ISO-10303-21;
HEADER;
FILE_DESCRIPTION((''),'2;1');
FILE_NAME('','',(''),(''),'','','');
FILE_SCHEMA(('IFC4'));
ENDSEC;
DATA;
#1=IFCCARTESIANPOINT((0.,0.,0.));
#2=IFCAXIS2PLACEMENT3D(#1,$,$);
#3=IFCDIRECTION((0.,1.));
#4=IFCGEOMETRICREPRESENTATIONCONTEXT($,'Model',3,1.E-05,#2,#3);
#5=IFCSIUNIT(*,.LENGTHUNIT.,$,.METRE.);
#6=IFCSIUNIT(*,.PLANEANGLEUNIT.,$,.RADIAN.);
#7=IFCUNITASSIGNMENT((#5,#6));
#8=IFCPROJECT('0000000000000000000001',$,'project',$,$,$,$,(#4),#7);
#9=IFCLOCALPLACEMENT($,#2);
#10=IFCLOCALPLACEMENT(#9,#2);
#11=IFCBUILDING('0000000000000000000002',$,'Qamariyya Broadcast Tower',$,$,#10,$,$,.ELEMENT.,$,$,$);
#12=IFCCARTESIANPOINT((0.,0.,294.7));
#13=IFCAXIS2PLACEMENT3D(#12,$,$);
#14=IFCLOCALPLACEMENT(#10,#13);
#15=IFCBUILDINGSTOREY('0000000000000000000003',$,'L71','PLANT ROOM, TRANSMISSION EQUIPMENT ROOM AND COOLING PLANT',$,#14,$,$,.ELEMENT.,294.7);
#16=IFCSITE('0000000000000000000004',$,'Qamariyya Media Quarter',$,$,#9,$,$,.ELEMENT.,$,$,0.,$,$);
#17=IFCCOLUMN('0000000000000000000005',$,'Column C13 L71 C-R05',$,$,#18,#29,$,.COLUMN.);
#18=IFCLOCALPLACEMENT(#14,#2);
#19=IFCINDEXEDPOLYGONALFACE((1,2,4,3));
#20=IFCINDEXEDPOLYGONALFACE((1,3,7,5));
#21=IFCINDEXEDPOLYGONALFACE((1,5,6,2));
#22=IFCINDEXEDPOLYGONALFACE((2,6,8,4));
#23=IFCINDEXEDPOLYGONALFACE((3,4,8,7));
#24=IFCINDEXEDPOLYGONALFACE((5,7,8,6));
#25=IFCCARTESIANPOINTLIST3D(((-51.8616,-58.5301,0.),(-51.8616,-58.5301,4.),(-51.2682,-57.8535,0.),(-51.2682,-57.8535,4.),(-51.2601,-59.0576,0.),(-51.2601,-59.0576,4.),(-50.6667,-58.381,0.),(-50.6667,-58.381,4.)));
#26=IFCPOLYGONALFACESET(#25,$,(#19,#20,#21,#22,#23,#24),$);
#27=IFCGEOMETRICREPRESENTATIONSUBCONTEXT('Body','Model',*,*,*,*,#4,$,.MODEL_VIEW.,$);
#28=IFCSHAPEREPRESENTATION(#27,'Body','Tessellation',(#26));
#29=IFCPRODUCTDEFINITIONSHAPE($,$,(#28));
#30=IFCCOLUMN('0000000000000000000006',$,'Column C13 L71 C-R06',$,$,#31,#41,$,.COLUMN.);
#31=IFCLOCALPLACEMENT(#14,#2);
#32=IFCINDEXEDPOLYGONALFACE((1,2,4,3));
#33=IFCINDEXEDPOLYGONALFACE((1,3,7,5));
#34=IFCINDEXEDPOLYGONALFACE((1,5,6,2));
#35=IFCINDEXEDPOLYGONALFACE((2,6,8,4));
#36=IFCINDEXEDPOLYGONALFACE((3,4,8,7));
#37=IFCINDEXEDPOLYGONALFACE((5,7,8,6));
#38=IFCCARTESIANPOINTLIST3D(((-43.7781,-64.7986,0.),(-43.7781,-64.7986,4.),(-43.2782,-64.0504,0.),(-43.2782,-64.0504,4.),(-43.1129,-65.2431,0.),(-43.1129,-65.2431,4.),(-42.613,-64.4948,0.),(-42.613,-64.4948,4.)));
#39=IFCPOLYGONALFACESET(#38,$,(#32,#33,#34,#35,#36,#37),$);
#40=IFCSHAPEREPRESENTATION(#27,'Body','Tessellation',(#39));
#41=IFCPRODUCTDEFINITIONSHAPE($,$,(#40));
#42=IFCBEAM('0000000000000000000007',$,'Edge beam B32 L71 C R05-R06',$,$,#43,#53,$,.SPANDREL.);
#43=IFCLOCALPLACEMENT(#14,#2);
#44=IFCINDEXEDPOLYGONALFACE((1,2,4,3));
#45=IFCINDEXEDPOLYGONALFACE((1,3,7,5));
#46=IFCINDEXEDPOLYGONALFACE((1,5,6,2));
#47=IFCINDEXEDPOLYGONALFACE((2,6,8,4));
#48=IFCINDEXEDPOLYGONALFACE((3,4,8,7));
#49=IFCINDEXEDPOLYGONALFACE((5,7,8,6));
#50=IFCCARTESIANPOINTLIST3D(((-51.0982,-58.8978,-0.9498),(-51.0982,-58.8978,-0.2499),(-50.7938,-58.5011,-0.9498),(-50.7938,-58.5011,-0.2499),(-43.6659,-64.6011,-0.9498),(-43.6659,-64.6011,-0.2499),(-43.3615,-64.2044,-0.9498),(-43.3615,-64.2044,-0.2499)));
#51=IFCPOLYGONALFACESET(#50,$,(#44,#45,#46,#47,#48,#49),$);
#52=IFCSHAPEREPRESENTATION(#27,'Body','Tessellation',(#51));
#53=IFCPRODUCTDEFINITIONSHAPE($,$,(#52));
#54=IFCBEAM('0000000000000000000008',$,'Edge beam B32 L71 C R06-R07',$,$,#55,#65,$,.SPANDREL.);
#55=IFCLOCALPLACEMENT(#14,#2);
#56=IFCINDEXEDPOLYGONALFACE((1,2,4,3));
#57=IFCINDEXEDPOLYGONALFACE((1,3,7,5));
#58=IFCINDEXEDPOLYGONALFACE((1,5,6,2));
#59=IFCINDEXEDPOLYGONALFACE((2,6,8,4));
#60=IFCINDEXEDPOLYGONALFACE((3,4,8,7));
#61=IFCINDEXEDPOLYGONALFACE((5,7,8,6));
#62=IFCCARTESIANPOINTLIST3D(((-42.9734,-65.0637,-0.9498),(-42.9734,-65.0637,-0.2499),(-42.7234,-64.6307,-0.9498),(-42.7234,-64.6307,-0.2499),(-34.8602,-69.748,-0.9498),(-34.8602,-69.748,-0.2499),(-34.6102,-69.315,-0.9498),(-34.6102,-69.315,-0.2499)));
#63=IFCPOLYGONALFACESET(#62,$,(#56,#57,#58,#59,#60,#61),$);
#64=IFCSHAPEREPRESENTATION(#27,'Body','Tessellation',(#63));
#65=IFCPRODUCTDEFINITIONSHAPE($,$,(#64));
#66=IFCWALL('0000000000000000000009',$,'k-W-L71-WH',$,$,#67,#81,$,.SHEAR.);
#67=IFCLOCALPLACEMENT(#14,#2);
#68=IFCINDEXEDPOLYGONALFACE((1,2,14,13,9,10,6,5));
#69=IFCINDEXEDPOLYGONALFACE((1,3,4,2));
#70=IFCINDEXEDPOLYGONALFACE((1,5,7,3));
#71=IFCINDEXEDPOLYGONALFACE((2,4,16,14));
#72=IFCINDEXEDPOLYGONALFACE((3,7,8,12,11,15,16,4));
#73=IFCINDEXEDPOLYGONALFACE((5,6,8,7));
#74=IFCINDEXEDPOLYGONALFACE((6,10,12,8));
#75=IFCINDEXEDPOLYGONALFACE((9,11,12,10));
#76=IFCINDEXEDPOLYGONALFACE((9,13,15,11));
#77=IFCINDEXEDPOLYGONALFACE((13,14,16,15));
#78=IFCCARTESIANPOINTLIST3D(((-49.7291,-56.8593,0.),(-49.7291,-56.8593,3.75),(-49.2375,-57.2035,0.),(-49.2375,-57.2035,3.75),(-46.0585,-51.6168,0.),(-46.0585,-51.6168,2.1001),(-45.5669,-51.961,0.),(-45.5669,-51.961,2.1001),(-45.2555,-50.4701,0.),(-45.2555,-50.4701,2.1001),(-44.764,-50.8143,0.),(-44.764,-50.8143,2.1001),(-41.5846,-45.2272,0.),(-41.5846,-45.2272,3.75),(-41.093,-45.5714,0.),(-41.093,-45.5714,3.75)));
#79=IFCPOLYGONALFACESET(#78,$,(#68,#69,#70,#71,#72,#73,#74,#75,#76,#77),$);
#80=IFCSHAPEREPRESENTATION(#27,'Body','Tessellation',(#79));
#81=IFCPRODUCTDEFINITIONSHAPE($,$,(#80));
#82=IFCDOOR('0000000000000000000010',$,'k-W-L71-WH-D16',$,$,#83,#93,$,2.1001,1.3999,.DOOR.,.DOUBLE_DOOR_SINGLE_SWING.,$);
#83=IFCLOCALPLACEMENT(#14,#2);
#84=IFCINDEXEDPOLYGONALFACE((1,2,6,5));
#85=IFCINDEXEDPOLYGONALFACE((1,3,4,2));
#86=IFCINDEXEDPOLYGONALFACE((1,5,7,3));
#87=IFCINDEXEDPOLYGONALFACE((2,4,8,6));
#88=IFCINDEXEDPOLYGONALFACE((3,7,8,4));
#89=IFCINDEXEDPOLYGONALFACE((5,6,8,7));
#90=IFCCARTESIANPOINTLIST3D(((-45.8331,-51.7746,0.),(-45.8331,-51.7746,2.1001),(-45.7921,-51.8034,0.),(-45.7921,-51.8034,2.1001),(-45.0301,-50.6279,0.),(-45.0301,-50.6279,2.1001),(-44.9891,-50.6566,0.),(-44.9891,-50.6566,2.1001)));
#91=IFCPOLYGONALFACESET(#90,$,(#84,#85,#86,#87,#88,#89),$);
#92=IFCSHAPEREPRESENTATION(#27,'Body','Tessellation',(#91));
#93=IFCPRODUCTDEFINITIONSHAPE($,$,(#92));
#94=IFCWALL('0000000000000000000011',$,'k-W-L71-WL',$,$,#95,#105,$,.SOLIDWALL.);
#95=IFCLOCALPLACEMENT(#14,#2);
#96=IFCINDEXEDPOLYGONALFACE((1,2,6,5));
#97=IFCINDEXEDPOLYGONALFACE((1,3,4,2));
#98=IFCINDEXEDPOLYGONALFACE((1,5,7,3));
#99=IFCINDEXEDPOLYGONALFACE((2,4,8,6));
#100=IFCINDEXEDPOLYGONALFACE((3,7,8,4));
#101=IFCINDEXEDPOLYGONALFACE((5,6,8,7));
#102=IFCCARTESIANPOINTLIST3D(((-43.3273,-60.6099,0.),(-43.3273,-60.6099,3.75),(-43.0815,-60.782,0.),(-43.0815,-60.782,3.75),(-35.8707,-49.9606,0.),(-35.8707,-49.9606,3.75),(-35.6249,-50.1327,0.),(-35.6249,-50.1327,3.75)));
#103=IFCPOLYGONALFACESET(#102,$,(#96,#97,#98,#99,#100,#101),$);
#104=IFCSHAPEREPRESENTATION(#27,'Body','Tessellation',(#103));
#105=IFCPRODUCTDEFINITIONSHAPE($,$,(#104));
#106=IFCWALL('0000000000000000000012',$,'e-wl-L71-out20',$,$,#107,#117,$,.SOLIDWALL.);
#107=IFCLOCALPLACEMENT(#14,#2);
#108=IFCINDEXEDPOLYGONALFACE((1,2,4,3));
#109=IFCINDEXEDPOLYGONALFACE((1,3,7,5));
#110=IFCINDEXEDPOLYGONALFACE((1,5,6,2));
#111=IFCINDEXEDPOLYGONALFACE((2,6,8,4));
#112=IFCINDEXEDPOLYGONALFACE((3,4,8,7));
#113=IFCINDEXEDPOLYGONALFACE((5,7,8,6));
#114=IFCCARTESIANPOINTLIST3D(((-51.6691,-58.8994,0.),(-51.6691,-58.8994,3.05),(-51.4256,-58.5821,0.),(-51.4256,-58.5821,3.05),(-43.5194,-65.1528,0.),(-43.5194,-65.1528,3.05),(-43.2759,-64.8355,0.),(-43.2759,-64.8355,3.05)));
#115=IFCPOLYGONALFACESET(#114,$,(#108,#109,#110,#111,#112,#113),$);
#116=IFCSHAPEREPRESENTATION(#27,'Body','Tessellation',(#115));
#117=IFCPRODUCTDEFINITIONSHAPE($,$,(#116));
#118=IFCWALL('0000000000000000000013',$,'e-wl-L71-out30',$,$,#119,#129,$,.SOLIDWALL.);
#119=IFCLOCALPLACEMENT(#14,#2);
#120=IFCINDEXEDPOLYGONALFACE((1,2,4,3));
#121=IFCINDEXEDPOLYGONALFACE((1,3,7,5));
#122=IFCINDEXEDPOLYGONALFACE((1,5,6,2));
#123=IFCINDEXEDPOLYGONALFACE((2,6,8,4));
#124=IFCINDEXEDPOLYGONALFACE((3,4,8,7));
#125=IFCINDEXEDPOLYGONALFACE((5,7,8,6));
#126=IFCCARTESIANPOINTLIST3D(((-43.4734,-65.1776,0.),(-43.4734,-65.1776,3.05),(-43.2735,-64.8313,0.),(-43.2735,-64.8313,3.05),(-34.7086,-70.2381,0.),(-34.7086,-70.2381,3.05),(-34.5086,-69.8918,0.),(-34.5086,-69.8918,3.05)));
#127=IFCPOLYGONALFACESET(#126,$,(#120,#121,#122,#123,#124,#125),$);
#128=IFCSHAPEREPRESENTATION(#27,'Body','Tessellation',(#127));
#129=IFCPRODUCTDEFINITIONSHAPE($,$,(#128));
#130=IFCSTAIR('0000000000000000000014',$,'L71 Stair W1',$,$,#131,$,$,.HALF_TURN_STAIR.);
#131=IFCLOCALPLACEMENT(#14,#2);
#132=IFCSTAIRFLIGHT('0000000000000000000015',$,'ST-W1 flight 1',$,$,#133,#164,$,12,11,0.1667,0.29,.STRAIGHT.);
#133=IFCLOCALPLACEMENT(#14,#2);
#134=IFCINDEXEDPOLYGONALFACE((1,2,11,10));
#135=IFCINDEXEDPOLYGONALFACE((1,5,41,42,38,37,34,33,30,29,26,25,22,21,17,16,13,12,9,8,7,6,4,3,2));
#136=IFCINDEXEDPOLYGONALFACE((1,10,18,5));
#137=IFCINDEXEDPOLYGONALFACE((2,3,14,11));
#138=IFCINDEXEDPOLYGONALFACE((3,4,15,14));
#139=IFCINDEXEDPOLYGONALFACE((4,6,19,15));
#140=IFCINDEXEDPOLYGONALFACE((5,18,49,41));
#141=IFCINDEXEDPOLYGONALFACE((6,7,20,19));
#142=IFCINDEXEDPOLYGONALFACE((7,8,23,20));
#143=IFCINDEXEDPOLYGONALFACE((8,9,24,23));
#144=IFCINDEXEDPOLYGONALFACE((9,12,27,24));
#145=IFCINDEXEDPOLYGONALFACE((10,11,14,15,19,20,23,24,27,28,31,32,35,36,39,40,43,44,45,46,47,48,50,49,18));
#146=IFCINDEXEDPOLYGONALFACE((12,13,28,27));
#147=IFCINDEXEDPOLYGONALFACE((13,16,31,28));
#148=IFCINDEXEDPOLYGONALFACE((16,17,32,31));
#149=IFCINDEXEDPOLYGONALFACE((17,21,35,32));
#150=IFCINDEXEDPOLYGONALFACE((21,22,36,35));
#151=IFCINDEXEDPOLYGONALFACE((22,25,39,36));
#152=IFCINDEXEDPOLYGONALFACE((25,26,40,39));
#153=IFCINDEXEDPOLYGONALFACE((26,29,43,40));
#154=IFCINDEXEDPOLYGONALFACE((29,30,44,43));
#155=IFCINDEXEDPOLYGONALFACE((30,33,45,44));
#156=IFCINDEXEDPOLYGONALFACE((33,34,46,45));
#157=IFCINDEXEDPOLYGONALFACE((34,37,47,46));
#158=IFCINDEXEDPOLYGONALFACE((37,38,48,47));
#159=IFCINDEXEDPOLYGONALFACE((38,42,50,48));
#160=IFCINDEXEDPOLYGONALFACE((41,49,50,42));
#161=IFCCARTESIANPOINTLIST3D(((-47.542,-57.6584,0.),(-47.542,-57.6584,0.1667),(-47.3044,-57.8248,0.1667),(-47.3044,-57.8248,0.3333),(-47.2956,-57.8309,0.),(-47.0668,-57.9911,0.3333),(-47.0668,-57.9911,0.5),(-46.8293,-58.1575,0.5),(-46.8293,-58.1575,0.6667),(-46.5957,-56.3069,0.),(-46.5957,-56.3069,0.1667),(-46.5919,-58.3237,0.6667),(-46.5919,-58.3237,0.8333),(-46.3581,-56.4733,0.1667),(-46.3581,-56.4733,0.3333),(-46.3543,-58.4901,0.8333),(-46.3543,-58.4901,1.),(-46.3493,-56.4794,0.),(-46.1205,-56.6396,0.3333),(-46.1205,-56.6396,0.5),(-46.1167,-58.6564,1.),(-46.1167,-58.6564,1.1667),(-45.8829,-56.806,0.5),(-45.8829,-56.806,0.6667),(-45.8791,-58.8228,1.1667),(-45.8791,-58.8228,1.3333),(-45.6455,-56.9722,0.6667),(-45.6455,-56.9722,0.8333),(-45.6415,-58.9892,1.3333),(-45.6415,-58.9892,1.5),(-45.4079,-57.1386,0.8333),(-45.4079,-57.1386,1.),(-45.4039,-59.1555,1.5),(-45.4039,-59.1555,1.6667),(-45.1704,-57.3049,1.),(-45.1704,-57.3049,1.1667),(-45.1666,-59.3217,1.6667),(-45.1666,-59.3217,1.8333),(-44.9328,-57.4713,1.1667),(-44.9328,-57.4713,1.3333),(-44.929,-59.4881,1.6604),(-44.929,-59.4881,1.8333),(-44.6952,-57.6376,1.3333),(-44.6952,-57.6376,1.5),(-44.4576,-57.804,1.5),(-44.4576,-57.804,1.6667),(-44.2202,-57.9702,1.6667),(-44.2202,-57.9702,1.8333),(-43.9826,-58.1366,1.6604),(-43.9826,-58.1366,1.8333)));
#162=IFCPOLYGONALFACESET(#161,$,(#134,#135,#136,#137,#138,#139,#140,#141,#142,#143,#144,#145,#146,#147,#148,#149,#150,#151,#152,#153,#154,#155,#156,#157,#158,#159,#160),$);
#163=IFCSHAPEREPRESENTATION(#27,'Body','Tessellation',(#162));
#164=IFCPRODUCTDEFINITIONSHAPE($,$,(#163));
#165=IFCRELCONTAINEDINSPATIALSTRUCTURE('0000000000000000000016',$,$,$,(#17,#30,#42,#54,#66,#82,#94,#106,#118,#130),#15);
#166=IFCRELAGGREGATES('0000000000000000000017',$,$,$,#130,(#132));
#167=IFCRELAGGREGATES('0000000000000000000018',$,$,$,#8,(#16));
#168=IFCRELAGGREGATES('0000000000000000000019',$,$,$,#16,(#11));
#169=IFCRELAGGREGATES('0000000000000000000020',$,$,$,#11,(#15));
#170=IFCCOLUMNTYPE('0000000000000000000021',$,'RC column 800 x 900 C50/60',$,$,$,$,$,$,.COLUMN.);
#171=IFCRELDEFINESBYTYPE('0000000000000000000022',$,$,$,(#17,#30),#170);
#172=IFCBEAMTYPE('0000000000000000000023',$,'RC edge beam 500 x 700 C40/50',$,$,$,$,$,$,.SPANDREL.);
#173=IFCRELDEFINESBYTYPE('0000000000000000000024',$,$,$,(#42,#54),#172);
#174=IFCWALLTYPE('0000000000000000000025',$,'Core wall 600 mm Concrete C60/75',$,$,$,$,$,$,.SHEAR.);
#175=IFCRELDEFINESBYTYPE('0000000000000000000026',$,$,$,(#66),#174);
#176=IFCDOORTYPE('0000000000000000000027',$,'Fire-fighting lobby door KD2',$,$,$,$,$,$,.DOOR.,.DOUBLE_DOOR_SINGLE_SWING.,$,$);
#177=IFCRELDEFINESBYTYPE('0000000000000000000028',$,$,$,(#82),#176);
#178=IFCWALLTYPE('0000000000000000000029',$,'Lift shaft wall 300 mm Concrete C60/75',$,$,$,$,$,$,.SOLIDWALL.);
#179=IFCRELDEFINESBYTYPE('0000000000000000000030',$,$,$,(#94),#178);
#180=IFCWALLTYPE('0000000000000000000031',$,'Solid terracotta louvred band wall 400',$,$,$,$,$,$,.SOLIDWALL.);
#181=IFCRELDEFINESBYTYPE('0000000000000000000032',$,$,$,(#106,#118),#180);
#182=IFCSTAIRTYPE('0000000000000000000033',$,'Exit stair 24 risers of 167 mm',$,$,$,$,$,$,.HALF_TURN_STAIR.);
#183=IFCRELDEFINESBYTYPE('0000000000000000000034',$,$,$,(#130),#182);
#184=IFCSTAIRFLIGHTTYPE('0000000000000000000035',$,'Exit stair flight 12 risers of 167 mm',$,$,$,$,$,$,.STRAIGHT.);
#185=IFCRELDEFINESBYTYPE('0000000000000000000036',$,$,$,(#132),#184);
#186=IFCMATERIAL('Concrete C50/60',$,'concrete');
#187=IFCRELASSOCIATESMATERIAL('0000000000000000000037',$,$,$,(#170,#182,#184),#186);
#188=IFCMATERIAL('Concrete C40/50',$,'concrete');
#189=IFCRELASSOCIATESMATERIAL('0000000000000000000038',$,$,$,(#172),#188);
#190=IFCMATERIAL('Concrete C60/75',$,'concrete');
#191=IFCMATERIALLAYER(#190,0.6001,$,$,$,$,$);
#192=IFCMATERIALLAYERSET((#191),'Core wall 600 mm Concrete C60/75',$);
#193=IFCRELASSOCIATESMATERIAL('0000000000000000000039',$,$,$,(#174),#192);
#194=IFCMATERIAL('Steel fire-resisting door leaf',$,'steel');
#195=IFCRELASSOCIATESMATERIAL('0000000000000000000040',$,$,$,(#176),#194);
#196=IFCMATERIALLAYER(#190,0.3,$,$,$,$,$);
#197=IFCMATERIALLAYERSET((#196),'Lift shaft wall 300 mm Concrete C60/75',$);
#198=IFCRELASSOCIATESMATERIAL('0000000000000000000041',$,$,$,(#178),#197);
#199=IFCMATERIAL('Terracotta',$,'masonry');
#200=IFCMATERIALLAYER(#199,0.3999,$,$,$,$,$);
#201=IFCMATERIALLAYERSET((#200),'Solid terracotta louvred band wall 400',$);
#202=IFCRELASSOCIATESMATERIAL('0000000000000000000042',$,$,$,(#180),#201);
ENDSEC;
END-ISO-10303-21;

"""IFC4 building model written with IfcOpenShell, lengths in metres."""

from ifc_helpers import new_model, si_unit, direction, frame, frame_2d, origin, origin_2d, place, context, subcontext, project, spatial, polyline, rectangle, outline, extrude, material, layer, layer_set, material_profile, profile_set, type_object, element, fill, aggregate, save


model = new_model("IFC4")

# Units and contexts
model_context = context("Model", 3, precision=1e-05, world=origin(), true_north=direction((0.0, 1.0)))
body_context = subcontext(model_context, "Body", "Model", "MODEL_VIEW")
ifc_project = project(units=[si_unit("LENGTHUNIT", "METRE"), si_unit("PLANEANGLEUNIT", "RADIAN")], contexts=[model_context])

# Site, building, storey
site_placement = place(None, origin())
site = spatial("IfcSite", under=ifc_project, at=site_placement, Name="Qamariyya Media Quarter", CompositionType="ELEMENT", RefElevation=0.0)
building_placement = place(site_placement, origin())
building = spatial("IfcBuilding", under=site, at=building_placement, Name="Qamariyya Broadcast Tower", CompositionType="ELEMENT")
storey_placement = place(building_placement, frame((0.0, 0.0, 294.7)))
storey = spatial("IfcBuildingStorey", under=building, at=storey_placement, Name="L71", Description="PLANT ROOM, TRANSMISSION EQUIPMENT ROOM AND COOLING PLANT", CompositionType="ELEMENT", Elevation=294.7)

# Columns
ifc_material_1 = material(Name="Concrete C50/60", Category="concrete")
ifc_material_profile_1 = material_profile(ifc_material_1, rectangle(XDim=0.8, YDim=0.8999, at=origin_2d()))
ifc_profile_set_1 = profile_set([ifc_material_profile_1], Name="Concrete C50/60")
column_type = type_object("IfcColumnType", Name="RC column 800 x 900 C50/60", PredefinedType="COLUMN", material=ifc_profile_set_1)
for number, where, z_axis, x_axis, name in (
    (1, (-51.2642, -58.4556, 0.0), (0.0, 0.0, 1.0), (0.75184, -0.659346, 0.0), "Column C13 L71 C-R05"),
    (2, (-43.1956, -64.6467, 0.0), (0.0, 0.0, 1.0), (0.83147, -0.55557, 0.0), "Column C13 L71 C-R06"),
):
    element("IfcColumn", number, at=place(storey_placement, frame(where, z_axis=z_axis, x_axis=x_axis)), inside=storey, type_object=column_type, Name=name, PredefinedType="COLUMN", context=body_context, shape_type="SweptSolid", body=[
        extrude(rectangle(XDim=0.8, YDim=0.8999, at=origin_2d()), origin(), (0.0, 0.0, 1.0), 4.0),
    ])

# Beams
ifc_material_2 = material(Name="Concrete C40/50", Category="concrete")
ifc_material_profile_2 = material_profile(ifc_material_2, rectangle(XDim=0.5, YDim=0.7, at=origin_2d()))
ifc_profile_set_2 = profile_set([ifc_material_profile_2], Name="Concrete C40/50")
beam_type = type_object("IfcBeamType", Name="RC edge beam 500 x 700 C40/50", PredefinedType="SPANDREL", material=ifc_profile_set_2)
for number, where, z_axis, x_axis, name in (
    (3, (-50.946, -58.6995, -0.5999), (0.793337, -0.608782, 0.0), (0.608782, 0.793337, 0.0), "Edge beam B32 L71 C R05-R06"),
    (4, (-42.8484, -64.8472, -0.5999), (0.86602, -0.50001, 0.0), (0.50001, 0.86602, 0.0), "Edge beam B32 L71 C R06-R07"),
):
    element("IfcBeam", number, at=place(storey_placement, frame(where, z_axis=z_axis, x_axis=x_axis)), inside=storey, type_object=beam_type, Name=name, PredefinedType="SPANDREL", context=body_context, shape_type="SweptSolid", body=[
        extrude(rectangle(XDim=0.5, YDim=0.7, at=origin_2d()), origin(), (0.0, 0.0, 1.0), 9.3684),
    ])

# Wall, opening, door
ifc_material_3 = material(Name="Concrete C60/75", Category="concrete")
ifc_layer_1 = layer(ifc_material_3, 0.6001)
ifc_layer_set_1 = layer_set([ifc_layer_1], Name="Core wall 600 mm Concrete C60/75")
wall_type_1 = type_object("IfcWallType", Name="Core wall 600 mm Concrete C60/75", PredefinedType="SHEAR", material=ifc_layer_set_1)
wall_1_placement = place(storey_placement, frame((-49.4834, -57.0315, 0.0), z_axis=(0.0, 0.0, 1.0), x_axis=(0.57356, 0.819163, 0.0)))
wall_1 = element("IfcWall", 5, at=wall_1_placement, inside=storey, type_object=wall_type_1, Name="k-W-L71-WH", PredefinedType="SHEAR", context=body_context, shape_type="SweptSolid", body=[
    extrude(rectangle(XDim=14.2, YDim=0.6001, at=frame_2d((7.1001, 0.0))), origin(), (0.0, 0.0, 1.0), 3.75),
])
opening_placement = place(wall_1_placement, frame((6.3999, 0.0, 0.0)))
opening = element("IfcOpeningElement", 6, at=opening_placement, cuts=wall_1, PredefinedType="OPENING", context=body_context, shape_type="SweptSolid", body=[
    extrude(rectangle(XDim=1.3999, YDim=2.1001, at=frame_2d((0.7, 1.05))), frame((0.0, 0.3101, 0.0), z_axis=(0.0, -1.0, 0.0), x_axis=(1.0, 0.0, 0.0)), (0.0, 0.0, 1.0), 0.6201),
])
ifc_material_4 = material(Name="Steel fire-resisting door leaf", Category="steel")
door_type = type_object("IfcDoorType", Name="Fire-fighting lobby door KD2", OperationType="DOUBLE_DOOR_SINGLE_SWING", PredefinedType="DOOR", material=ifc_material_4)
door_placement = place(opening_placement, origin())
door = element("IfcDoor", 7, at=door_placement, inside=storey, type_object=door_type, Name="k-W-L71-WH-D16", OperationType="DOUBLE_DOOR_SINGLE_SWING", OverallHeight=2.1001, OverallWidth=1.3999, PredefinedType="DOOR", context=body_context, shape_type="SweptSolid", body=[
    extrude(rectangle(XDim=1.3999, YDim=2.1001, at=frame_2d((0.7, 1.05))), frame((0.0, 0.0249, 0.0), z_axis=(0.0, -1.0, 0.0), x_axis=(1.0, 0.0, 0.0)), (0.0, 0.0, 1.0), 0.05),
])
fill(opening, door)

# Walls
ifc_layer_2 = layer(ifc_material_3, 0.3)
ifc_layer_set_2 = layer_set([ifc_layer_2], Name="Lift shaft wall 300 mm Concrete C60/75")
wall_type_2 = type_object("IfcWallType", Name="Lift shaft wall 300 mm Concrete C60/75", PredefinedType="SOLIDWALL", material=ifc_layer_set_2)
wall_2_placement = place(storey_placement, frame((-43.2043, -60.6958, 0.0), z_axis=(0.0, 0.0, 1.0), x_axis=(0.573572, 0.819155, 0.0)))
element("IfcWall", 8, at=wall_2_placement, inside=storey, type_object=wall_type_2, Name="k-W-L71-WL", PredefinedType="SOLIDWALL", context=body_context, shape_type="SweptSolid", body=[
    extrude(rectangle(XDim=13.0002, YDim=0.3, at=frame_2d((6.5, 0.0))), origin(), (0.0, 0.0, 1.0), 3.75),
])
ifc_material_5 = material(Name="Terracotta", Category="masonry")
ifc_layer_3 = layer(ifc_material_5, 0.3999)
ifc_layer_set_3 = layer_set([ifc_layer_3], Name="Solid terracotta louvred band wall 400")
wall_type_3 = type_object("IfcWallType", Name="Solid terracotta louvred band wall 400", PredefinedType="SOLIDWALL", material=ifc_layer_set_3)
wall_3_placement = place(storey_placement, frame((-51.5474, -58.7407, 0.0), z_axis=(0.0, 0.0, 1.0), x_axis=(0.793355, -0.608759, 0.0)))
element("IfcWall", 9, at=wall_3_placement, inside=storey, type_object=wall_type_3, Name="e-wl-L71-out20", PredefinedType="SOLIDWALL", context=body_context, shape_type="SweptSolid", body=[
    extrude(rectangle(XDim=10.2725, YDim=0.3999, at=frame_2d((5.1362, 0.0))), origin(), (0.0, 0.0, 1.0), 3.05),
])
wall_4_placement = place(storey_placement, frame((-43.3735, -65.0044, 0.0), z_axis=(0.0, 0.0, 1.0), x_axis=(0.86602, -0.50001, 0.0)))
element("IfcWall", 10, at=wall_4_placement, inside=storey, type_object=wall_type_3, Name="e-wl-L71-out30", PredefinedType="SOLIDWALL", context=body_context, shape_type="SweptSolid", body=[
    extrude(rectangle(XDim=10.1208, YDim=0.3999, at=frame_2d((5.0605, 0.0))), origin(), (0.0, 0.0, 1.0), 3.05),
])

# Stair, stair flight
stair_type = type_object("IfcStairType", Name="Exit stair 24 risers of 167 mm", PredefinedType="HALF_TURN_STAIR", material=ifc_material_1)
stair_placement = place(storey_placement, origin())
stair = element("IfcStair", 11, at=stair_placement, inside=storey, type_object=stair_type, Name="L71 Stair W1", PredefinedType="HALF_TURN_STAIR")
stair_flight_type = type_object("IfcStairFlightType", Name="Exit stair flight 12 risers of 167 mm", PredefinedType="STRAIGHT", material=ifc_material_1)
stair_flight_1_placement = place(storey_placement, frame((-47.0688, -56.9827, 0.0), z_axis=(0.0, 0.0, 1.0), x_axis=(0.819152, -0.573576, 0.0)))
stair_flight_1 = element("IfcStairFlight", 12, at=stair_flight_1_placement, type_object=stair_flight_type, Name="ST-W1 flight 1", NumberOfRisers=12, NumberOfTreads=11, PredefinedType="STRAIGHT", RiserHeight=0.1667, TreadLength=0.29, context=body_context, shape_type="SweptSolid", body=[
    extrude(outline(polyline([(0.0, 0.0), (0.0, 0.1667), (0.29, 0.1667), (0.29, 0.3333), (0.5801, 0.3333), (0.5801, 0.5), (0.8701, 0.5), (0.8701, 0.6667), (1.1599, 0.6667), (1.1599, 0.8333), (1.45, 0.8333), (1.45, 1.0), (1.74, 1.0), (1.74, 1.1667), (2.03, 1.1667), (2.03, 1.3333), (2.3201, 1.3333), (2.3201, 1.5), (2.6101, 1.5), (2.6101, 1.6667), (2.8999, 1.6667), (2.8999, 1.8333), (3.1899, 1.8333), (3.1899, 2.0), (3.1899, 1.6604), (0.3008, 0.0), (0.0, 0.0)])), frame((0.0, 0.825, 0.0), z_axis=(0.0, -1.0, 0.0), x_axis=(1.0, 0.0, 0.0)), (0.0, 0.0, 1.0), 1.6499),
])
aggregate(stair, [stair_flight_1])

save(model, "model.ifc")
